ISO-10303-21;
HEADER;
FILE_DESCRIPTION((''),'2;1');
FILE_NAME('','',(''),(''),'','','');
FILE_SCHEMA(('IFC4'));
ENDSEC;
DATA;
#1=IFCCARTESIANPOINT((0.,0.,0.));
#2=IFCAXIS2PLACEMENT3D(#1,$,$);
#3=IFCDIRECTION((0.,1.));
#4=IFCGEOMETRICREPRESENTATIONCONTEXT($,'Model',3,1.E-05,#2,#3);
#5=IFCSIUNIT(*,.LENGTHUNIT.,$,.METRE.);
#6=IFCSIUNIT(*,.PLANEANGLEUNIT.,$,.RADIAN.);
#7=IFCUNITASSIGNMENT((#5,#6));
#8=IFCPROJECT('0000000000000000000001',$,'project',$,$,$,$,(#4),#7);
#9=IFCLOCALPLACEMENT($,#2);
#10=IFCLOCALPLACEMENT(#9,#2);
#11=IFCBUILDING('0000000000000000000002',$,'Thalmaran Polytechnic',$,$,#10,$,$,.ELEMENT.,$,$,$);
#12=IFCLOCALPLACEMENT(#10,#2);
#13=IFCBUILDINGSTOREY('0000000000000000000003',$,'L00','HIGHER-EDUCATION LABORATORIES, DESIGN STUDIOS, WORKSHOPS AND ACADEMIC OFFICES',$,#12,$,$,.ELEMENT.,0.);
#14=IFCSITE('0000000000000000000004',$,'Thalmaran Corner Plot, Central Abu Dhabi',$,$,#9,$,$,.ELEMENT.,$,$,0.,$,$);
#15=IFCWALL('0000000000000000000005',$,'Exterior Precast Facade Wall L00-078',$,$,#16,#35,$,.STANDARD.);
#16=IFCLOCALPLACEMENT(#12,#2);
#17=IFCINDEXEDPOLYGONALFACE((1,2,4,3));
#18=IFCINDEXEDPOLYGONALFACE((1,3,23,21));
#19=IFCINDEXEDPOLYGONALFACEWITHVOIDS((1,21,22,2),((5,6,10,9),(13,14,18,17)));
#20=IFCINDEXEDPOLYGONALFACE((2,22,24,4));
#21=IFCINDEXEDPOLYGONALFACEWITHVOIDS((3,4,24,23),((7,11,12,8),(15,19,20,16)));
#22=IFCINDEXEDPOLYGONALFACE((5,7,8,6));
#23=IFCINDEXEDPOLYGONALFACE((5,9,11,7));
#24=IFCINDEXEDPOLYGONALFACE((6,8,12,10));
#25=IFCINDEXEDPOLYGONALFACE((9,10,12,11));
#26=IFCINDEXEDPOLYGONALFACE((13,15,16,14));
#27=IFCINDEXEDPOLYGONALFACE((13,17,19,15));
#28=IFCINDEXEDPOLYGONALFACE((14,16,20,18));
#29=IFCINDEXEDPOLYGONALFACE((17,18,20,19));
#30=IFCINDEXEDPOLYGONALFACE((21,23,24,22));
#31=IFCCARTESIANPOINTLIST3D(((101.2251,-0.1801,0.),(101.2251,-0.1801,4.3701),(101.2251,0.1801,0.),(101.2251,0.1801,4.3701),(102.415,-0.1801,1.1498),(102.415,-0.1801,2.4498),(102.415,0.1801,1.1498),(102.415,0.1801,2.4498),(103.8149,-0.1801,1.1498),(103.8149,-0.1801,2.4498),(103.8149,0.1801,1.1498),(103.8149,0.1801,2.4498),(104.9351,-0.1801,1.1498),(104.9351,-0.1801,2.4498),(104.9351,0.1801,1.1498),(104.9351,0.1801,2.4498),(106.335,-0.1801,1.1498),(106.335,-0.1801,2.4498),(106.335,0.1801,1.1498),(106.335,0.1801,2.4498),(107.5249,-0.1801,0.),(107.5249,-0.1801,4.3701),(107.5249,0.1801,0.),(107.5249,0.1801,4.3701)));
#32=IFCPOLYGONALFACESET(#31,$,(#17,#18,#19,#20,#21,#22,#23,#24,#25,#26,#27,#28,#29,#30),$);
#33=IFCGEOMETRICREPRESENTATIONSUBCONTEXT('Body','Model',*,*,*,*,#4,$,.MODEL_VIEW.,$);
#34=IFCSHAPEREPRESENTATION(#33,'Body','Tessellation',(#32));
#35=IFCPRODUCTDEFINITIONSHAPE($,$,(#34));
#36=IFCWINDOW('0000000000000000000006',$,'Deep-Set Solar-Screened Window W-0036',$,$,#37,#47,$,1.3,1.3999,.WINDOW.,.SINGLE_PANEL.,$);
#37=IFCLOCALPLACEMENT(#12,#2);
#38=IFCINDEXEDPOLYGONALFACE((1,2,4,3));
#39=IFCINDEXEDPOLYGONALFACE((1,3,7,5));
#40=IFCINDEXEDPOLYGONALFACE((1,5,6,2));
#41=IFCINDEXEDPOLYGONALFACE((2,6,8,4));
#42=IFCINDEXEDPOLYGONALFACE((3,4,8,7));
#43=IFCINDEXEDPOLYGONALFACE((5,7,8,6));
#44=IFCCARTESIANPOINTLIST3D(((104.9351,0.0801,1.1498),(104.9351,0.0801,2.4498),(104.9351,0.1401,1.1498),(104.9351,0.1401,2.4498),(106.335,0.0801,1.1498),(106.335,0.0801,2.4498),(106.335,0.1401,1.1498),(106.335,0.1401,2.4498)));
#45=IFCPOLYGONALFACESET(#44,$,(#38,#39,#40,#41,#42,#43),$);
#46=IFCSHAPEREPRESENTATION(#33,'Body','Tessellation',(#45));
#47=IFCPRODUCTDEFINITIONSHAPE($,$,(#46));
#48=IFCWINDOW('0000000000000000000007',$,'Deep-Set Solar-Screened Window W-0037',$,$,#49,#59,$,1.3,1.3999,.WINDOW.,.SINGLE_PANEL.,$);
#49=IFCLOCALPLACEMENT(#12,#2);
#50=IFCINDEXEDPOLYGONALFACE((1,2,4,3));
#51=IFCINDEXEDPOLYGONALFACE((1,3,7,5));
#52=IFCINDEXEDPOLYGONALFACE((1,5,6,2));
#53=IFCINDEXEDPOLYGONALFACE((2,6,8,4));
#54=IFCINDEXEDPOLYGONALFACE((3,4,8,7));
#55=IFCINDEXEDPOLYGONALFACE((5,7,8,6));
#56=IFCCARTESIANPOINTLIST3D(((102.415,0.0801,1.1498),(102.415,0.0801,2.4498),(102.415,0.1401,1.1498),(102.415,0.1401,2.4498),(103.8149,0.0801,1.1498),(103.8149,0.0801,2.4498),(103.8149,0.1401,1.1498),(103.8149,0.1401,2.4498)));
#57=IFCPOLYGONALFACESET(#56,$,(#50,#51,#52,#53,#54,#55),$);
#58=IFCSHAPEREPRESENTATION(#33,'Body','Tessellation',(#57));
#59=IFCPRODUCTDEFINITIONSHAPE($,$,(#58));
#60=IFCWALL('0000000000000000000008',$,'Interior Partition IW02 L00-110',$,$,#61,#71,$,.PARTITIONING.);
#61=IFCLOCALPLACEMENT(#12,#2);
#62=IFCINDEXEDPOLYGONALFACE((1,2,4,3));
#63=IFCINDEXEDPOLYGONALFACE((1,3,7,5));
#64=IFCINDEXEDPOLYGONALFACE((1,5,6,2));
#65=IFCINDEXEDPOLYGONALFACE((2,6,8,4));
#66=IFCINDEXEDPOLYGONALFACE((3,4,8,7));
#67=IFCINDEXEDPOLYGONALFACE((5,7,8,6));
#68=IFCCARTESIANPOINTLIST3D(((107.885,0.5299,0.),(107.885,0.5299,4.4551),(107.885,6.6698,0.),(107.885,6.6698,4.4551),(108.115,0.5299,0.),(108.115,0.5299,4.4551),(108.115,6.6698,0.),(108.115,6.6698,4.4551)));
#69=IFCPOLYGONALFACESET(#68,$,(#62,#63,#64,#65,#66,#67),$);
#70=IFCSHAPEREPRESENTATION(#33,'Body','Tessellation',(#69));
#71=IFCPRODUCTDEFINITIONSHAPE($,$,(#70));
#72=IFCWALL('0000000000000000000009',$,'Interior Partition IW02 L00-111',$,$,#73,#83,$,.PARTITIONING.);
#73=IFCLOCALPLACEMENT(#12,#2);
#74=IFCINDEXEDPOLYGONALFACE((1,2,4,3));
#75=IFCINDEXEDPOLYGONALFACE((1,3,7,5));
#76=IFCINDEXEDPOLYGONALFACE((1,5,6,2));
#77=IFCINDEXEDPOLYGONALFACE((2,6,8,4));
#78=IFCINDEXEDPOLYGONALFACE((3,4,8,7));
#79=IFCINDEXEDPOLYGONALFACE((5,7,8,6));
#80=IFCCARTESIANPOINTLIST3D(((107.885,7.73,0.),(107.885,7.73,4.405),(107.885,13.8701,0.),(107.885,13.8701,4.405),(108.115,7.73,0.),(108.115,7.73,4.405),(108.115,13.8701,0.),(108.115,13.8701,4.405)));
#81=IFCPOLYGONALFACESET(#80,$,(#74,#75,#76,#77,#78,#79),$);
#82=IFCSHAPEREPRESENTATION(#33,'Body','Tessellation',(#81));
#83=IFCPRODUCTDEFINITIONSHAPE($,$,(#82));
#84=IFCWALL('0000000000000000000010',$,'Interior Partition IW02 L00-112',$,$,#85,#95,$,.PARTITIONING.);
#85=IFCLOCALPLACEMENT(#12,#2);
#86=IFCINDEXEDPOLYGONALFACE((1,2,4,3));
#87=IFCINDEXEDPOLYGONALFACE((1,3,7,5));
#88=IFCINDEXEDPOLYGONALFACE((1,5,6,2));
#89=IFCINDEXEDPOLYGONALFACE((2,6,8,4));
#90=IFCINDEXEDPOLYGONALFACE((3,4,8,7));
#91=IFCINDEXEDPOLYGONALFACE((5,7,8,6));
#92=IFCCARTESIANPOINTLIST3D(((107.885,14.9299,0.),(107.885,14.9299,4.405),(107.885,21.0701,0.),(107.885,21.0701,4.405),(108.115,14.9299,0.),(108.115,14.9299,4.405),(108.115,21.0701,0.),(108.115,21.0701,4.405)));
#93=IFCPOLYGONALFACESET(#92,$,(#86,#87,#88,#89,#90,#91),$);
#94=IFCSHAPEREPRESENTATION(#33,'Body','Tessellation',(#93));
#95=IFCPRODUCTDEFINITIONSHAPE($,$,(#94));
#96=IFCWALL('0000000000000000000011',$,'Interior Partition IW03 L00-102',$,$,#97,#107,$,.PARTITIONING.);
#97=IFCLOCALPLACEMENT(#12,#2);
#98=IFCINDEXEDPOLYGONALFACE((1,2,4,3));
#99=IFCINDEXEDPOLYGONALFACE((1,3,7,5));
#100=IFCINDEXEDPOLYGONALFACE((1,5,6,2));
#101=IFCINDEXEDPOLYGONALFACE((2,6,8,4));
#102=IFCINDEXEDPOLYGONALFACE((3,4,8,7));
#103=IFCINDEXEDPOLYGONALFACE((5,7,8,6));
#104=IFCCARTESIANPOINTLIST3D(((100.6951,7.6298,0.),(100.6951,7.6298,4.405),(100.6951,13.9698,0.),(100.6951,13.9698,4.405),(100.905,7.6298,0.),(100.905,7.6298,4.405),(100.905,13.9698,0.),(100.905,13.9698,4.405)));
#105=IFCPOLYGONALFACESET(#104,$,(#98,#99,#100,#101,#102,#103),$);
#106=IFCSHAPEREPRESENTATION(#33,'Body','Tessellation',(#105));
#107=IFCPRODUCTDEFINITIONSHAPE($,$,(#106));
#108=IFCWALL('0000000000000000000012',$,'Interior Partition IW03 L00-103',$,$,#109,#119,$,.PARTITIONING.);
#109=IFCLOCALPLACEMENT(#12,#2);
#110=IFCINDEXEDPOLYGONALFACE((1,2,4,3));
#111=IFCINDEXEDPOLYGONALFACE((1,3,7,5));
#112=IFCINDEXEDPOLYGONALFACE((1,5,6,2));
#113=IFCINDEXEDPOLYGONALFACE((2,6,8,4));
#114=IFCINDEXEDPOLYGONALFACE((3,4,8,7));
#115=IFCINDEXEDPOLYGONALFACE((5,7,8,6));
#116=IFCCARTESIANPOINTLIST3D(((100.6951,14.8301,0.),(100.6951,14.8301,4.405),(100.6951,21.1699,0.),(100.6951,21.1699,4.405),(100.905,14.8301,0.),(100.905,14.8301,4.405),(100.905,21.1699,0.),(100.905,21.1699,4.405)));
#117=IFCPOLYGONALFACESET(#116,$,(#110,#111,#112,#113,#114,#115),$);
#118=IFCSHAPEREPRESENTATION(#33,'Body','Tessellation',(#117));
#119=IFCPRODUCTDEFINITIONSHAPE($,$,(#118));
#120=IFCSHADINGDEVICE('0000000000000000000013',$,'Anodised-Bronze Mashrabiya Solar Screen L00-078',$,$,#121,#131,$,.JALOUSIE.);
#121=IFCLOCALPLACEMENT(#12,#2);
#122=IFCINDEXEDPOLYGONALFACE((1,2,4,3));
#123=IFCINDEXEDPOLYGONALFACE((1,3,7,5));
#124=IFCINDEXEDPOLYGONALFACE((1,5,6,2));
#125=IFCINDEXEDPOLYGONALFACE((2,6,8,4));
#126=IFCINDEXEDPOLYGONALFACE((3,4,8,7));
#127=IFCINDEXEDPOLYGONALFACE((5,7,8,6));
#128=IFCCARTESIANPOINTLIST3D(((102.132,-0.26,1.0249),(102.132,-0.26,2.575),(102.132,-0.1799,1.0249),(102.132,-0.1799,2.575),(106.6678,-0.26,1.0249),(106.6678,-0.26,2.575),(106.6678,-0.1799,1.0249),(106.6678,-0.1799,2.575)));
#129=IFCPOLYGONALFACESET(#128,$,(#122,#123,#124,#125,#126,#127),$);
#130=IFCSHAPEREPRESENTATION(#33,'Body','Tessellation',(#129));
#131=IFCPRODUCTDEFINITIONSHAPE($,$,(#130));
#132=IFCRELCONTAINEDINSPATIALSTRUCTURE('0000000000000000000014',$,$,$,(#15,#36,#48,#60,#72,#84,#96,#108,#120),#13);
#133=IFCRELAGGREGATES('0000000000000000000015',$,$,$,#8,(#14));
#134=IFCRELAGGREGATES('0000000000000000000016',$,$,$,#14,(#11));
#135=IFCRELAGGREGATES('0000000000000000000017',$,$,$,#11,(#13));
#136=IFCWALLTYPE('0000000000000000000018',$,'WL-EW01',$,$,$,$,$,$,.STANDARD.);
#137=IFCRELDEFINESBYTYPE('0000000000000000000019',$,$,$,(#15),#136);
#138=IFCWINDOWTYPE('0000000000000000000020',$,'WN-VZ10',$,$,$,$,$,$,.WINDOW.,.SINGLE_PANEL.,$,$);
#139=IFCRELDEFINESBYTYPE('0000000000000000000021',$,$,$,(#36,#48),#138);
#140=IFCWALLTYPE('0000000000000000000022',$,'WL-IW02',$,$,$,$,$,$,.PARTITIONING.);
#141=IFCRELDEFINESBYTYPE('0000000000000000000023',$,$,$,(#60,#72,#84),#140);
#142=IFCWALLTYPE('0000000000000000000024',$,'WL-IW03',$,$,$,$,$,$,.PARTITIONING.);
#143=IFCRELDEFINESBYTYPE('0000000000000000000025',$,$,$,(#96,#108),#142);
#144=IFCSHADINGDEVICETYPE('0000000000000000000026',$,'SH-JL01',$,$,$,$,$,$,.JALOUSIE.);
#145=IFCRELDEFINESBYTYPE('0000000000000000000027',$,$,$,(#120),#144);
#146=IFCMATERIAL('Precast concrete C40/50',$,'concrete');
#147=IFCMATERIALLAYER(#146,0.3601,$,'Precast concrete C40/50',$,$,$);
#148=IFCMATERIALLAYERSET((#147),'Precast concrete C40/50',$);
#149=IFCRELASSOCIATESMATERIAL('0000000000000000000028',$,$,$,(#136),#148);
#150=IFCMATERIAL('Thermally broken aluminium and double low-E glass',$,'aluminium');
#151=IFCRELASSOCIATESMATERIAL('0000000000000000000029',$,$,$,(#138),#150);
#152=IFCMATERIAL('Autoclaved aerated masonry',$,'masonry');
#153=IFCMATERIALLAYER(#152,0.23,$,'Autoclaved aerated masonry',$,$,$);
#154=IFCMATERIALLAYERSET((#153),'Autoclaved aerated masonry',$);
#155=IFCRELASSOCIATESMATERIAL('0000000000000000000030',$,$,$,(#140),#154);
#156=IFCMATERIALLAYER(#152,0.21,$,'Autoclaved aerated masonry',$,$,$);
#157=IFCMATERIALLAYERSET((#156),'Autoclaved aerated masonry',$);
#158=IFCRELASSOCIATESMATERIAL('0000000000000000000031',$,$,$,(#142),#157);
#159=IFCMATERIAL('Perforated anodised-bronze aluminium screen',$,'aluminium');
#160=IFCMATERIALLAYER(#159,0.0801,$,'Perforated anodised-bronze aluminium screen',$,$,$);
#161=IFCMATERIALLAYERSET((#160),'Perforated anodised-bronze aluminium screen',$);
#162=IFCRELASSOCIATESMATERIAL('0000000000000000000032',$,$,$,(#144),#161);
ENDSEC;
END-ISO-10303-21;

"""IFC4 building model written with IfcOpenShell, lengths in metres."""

from ifc_helpers import new_model, si_unit, direction, frame, frame_2d, origin, origin_2d, place, context, subcontext, project, spatial, rectangle, extrude, material, layer, layer_set, type_object, element, fill, save


model = new_model("IFC4")

# Units and contexts
model_context = context("Model", 3, precision=1e-05, world=origin(), true_north=direction((0.0, 1.0)))
body_context = subcontext(model_context, "Body", "Model", "MODEL_VIEW")
ifc_project = project(units=[si_unit("LENGTHUNIT", "METRE"), si_unit("PLANEANGLEUNIT", "RADIAN")], contexts=[model_context])

# Site, building, storey
site_placement = place(None, origin())
site = spatial("IfcSite", under=ifc_project, at=site_placement, Name="Thalmaran Corner Plot, Central Abu Dhabi", CompositionType="ELEMENT", RefElevation=0.0)
building_placement = place(site_placement, origin())
building = spatial("IfcBuilding", under=site, at=building_placement, Name="Thalmaran Polytechnic", CompositionType="ELEMENT")
storey_placement = place(building_placement, origin())
storey = spatial("IfcBuildingStorey", under=building, at=storey_placement, Name="L00", Description="HIGHER-EDUCATION LABORATORIES, DESIGN STUDIOS, WORKSHOPS AND ACADEMIC OFFICES", CompositionType="ELEMENT", Elevation=0.0)

# Wall, openings, windows
ifc_material_1 = material(Name="Precast concrete C40/50", Category="concrete")
ifc_layer_1 = layer(ifc_material_1, 0.3601, Name="Precast concrete C40/50")
ifc_layer_set_1 = layer_set([ifc_layer_1], Name="Precast concrete C40/50")
wall_type_1 = type_object("IfcWallType", Name="WL-EW01", PredefinedType="STANDARD", material=ifc_layer_set_1)
wall_1_placement = place(storey_placement, frame((107.5249, 0.0, 0.0), z_axis=(0.0, 0.0, 1.0), x_axis=(-1.0, 0.0, 0.0)))
wall_1 = element("IfcWall", 1, at=wall_1_placement, inside=storey, type_object=wall_type_1, Name="Exterior Precast Facade Wall L00-078", PredefinedType="STANDARD", context=body_context, shape_type="SweptSolid", body=[
    extrude(rectangle(XDim=6.2998, YDim=0.3601, at=frame_2d((3.1499, 0.0))), origin(), (0.0, 0.0, 1.0), 4.3701),
])
opening_1_placement = place(wall_1_placement, frame((1.1899, 0.0, 1.1499)))
opening_1 = element("IfcOpeningElement", 2, at=opening_1_placement, cuts=wall_1, PredefinedType="OPENING", context=body_context, shape_type="SweptSolid", body=[
    extrude(rectangle(XDim=1.3999, YDim=1.3, at=frame_2d((0.7, 0.6499))), frame((0.0, 0.1899, 0.0), z_axis=(0.0, -1.0, 0.0), x_axis=(1.0, 0.0, 0.0)), (0.0, 0.0, 1.0), 0.3801),
])
opening_2_placement = place(wall_1_placement, frame((3.71, 0.0, 1.1499)))
opening_2 = element("IfcOpeningElement", 3, at=opening_2_placement, cuts=wall_1, PredefinedType="OPENING", context=body_context, shape_type="SweptSolid", body=[
    extrude(rectangle(XDim=1.3999, YDim=1.3, at=frame_2d((0.7, 0.6499))), frame((0.0, 0.1899, 0.0), z_axis=(0.0, -1.0, 0.0), x_axis=(1.0, 0.0, 0.0)), (0.0, 0.0, 1.0), 0.3801),
])
ifc_material_2 = material(Name="Thermally broken aluminium and double low-E glass", Category="aluminium")
window_type = type_object("IfcWindowType", Name="WN-VZ10", PartitioningType="SINGLE_PANEL", PredefinedType="WINDOW", material=ifc_material_2)
window_1_placement = place(opening_1_placement, origin())
window_1 = element("IfcWindow", 4, at=window_1_placement, inside=storey, type_object=window_type, Name="Deep-Set Solar-Screened Window W-0036", OverallHeight=1.3, OverallWidth=1.3999, PartitioningType="SINGLE_PANEL", PredefinedType="WINDOW", context=body_context, shape_type="SweptSolid", body=[
    extrude(rectangle(XDim=1.3999, YDim=1.3, at=frame_2d((0.7, 0.6499))), frame((0.0, -0.0801, 0.0), z_axis=(0.0, -1.0, 0.0), x_axis=(1.0, 0.0, 0.0)), (0.0, 0.0, 1.0), 0.0601),
])
fill(opening_1, window_1)
window_2_placement = place(opening_2_placement, origin())
window_2 = element("IfcWindow", 5, at=window_2_placement, inside=storey, type_object=window_type, Name="Deep-Set Solar-Screened Window W-0037", OverallHeight=1.3, OverallWidth=1.3999, PartitioningType="SINGLE_PANEL", PredefinedType="WINDOW", context=body_context, shape_type="SweptSolid", body=[
    extrude(rectangle(XDim=1.3999, YDim=1.3, at=frame_2d((0.7, 0.6499))), frame((0.0, -0.0801, 0.0), z_axis=(0.0, -1.0, 0.0), x_axis=(1.0, 0.0, 0.0)), (0.0, 0.0, 1.0), 0.0601),
])
fill(opening_2, window_2)

# Walls
ifc_material_3 = material(Name="Autoclaved aerated masonry", Category="masonry")
ifc_layer_2 = layer(ifc_material_3, 0.23, Name="Autoclaved aerated masonry")
ifc_layer_set_2 = layer_set([ifc_layer_2], Name="Autoclaved aerated masonry")
wall_type_2 = type_object("IfcWallType", Name="WL-IW02", PredefinedType="PARTITIONING", material=ifc_layer_set_2)
wall_2_placement = place(storey_placement, frame((108.0, 0.53, 0.0), z_axis=(0.0, 0.0, 1.0), x_axis=(0.0, 1.0, 0.0)))
element("IfcWall", 6, at=wall_2_placement, inside=storey, type_object=wall_type_2, Name="Interior Partition IW02 L00-110", PredefinedType="PARTITIONING", context=body_context, shape_type="SweptSolid", body=[
    extrude(rectangle(XDim=6.1399, YDim=0.23, at=frame_2d((3.0698, 0.0))), origin(), (0.0, 0.0, 1.0), 4.4551),
])
for number, where, z_axis, x_axis, name in (
    (7, (108.0, 7.73, 0.0), (0.0, 0.0, 1.0), (0.0, 1.0, 0.0), "Interior Partition IW02 L00-111"),
    (8, (108.0, 14.9299, 0.0), (0.0, 0.0, 1.0), (0.0, 1.0, 0.0), "Interior Partition IW02 L00-112"),
):
    element("IfcWall", number, at=place(storey_placement, frame(where, z_axis=z_axis, x_axis=x_axis)), inside=storey, type_object=wall_type_2, Name=name, PredefinedType="PARTITIONING", context=body_context, shape_type="SweptSolid", body=[
        extrude(rectangle(XDim=6.1401, YDim=0.23, at=frame_2d((3.0701, 0.0))), origin(), (0.0, 0.0, 1.0), 4.405),
    ])
ifc_layer_3 = layer(ifc_material_3, 0.21, Name="Autoclaved aerated masonry")
ifc_layer_set_3 = layer_set([ifc_layer_3], Name="Autoclaved aerated masonry")
wall_type_3 = type_object("IfcWallType", Name="WL-IW03", PredefinedType="PARTITIONING", material=ifc_layer_set_3)
wall_3_placement = place(storey_placement, frame((100.8, 7.6299, 0.0), z_axis=(0.0, 0.0, 1.0), x_axis=(0.0, 1.0, 0.0)))
element("IfcWall", 9, at=wall_3_placement, inside=storey, type_object=wall_type_3, Name="Interior Partition IW03 L00-102", PredefinedType="PARTITIONING", context=body_context, shape_type="SweptSolid", body=[
    extrude(rectangle(XDim=6.3401, YDim=0.21, at=frame_2d((3.1699, 0.0))), origin(), (0.0, 0.0, 1.0), 4.405),
])
wall_4_placement = place(storey_placement, frame((100.8, 14.8301, 0.0), z_axis=(0.0, 0.0, 1.0), x_axis=(0.0, 1.0, 0.0)))
element("IfcWall", 10, at=wall_4_placement, inside=storey, type_object=wall_type_3, Name="Interior Partition IW03 L00-103", PredefinedType="PARTITIONING", context=body_context, shape_type="SweptSolid", body=[
    extrude(rectangle(XDim=6.3398, YDim=0.21, at=frame_2d((3.1699, 0.0))), origin(), (0.0, 0.0, 1.0), 4.405),
])

# Shading device
ifc_material_4 = material(Name="Perforated anodised-bronze aluminium screen", Category="aluminium")
ifc_layer_4 = layer(ifc_material_4, 0.0801, Name="Perforated anodised-bronze aluminium screen")
ifc_layer_set_4 = layer_set([ifc_layer_4], Name="Perforated anodised-bronze aluminium screen")
shading_device_type = type_object("IfcShadingDeviceType", Name="SH-JL01", PredefinedType="JALOUSIE", material=ifc_layer_set_4)
shading_device_placement = place(storey_placement, frame((104.3999, -0.22, 1.0249), z_axis=(0.0, 0.0, 1.0), x_axis=(-1.0, 0.0, 0.0)))
element("IfcShadingDevice", 11, at=shading_device_placement, inside=storey, type_object=shading_device_type, Name="Anodised-Bronze Mashrabiya Solar Screen L00-078", PredefinedType="JALOUSIE", context=body_context, shape_type="SweptSolid", body=[
    extrude(rectangle(XDim=4.5359, YDim=0.0801, at=origin_2d()), origin(), (0.0, 0.0, 1.0), 1.55),
])

save(model, "model.ifc")
